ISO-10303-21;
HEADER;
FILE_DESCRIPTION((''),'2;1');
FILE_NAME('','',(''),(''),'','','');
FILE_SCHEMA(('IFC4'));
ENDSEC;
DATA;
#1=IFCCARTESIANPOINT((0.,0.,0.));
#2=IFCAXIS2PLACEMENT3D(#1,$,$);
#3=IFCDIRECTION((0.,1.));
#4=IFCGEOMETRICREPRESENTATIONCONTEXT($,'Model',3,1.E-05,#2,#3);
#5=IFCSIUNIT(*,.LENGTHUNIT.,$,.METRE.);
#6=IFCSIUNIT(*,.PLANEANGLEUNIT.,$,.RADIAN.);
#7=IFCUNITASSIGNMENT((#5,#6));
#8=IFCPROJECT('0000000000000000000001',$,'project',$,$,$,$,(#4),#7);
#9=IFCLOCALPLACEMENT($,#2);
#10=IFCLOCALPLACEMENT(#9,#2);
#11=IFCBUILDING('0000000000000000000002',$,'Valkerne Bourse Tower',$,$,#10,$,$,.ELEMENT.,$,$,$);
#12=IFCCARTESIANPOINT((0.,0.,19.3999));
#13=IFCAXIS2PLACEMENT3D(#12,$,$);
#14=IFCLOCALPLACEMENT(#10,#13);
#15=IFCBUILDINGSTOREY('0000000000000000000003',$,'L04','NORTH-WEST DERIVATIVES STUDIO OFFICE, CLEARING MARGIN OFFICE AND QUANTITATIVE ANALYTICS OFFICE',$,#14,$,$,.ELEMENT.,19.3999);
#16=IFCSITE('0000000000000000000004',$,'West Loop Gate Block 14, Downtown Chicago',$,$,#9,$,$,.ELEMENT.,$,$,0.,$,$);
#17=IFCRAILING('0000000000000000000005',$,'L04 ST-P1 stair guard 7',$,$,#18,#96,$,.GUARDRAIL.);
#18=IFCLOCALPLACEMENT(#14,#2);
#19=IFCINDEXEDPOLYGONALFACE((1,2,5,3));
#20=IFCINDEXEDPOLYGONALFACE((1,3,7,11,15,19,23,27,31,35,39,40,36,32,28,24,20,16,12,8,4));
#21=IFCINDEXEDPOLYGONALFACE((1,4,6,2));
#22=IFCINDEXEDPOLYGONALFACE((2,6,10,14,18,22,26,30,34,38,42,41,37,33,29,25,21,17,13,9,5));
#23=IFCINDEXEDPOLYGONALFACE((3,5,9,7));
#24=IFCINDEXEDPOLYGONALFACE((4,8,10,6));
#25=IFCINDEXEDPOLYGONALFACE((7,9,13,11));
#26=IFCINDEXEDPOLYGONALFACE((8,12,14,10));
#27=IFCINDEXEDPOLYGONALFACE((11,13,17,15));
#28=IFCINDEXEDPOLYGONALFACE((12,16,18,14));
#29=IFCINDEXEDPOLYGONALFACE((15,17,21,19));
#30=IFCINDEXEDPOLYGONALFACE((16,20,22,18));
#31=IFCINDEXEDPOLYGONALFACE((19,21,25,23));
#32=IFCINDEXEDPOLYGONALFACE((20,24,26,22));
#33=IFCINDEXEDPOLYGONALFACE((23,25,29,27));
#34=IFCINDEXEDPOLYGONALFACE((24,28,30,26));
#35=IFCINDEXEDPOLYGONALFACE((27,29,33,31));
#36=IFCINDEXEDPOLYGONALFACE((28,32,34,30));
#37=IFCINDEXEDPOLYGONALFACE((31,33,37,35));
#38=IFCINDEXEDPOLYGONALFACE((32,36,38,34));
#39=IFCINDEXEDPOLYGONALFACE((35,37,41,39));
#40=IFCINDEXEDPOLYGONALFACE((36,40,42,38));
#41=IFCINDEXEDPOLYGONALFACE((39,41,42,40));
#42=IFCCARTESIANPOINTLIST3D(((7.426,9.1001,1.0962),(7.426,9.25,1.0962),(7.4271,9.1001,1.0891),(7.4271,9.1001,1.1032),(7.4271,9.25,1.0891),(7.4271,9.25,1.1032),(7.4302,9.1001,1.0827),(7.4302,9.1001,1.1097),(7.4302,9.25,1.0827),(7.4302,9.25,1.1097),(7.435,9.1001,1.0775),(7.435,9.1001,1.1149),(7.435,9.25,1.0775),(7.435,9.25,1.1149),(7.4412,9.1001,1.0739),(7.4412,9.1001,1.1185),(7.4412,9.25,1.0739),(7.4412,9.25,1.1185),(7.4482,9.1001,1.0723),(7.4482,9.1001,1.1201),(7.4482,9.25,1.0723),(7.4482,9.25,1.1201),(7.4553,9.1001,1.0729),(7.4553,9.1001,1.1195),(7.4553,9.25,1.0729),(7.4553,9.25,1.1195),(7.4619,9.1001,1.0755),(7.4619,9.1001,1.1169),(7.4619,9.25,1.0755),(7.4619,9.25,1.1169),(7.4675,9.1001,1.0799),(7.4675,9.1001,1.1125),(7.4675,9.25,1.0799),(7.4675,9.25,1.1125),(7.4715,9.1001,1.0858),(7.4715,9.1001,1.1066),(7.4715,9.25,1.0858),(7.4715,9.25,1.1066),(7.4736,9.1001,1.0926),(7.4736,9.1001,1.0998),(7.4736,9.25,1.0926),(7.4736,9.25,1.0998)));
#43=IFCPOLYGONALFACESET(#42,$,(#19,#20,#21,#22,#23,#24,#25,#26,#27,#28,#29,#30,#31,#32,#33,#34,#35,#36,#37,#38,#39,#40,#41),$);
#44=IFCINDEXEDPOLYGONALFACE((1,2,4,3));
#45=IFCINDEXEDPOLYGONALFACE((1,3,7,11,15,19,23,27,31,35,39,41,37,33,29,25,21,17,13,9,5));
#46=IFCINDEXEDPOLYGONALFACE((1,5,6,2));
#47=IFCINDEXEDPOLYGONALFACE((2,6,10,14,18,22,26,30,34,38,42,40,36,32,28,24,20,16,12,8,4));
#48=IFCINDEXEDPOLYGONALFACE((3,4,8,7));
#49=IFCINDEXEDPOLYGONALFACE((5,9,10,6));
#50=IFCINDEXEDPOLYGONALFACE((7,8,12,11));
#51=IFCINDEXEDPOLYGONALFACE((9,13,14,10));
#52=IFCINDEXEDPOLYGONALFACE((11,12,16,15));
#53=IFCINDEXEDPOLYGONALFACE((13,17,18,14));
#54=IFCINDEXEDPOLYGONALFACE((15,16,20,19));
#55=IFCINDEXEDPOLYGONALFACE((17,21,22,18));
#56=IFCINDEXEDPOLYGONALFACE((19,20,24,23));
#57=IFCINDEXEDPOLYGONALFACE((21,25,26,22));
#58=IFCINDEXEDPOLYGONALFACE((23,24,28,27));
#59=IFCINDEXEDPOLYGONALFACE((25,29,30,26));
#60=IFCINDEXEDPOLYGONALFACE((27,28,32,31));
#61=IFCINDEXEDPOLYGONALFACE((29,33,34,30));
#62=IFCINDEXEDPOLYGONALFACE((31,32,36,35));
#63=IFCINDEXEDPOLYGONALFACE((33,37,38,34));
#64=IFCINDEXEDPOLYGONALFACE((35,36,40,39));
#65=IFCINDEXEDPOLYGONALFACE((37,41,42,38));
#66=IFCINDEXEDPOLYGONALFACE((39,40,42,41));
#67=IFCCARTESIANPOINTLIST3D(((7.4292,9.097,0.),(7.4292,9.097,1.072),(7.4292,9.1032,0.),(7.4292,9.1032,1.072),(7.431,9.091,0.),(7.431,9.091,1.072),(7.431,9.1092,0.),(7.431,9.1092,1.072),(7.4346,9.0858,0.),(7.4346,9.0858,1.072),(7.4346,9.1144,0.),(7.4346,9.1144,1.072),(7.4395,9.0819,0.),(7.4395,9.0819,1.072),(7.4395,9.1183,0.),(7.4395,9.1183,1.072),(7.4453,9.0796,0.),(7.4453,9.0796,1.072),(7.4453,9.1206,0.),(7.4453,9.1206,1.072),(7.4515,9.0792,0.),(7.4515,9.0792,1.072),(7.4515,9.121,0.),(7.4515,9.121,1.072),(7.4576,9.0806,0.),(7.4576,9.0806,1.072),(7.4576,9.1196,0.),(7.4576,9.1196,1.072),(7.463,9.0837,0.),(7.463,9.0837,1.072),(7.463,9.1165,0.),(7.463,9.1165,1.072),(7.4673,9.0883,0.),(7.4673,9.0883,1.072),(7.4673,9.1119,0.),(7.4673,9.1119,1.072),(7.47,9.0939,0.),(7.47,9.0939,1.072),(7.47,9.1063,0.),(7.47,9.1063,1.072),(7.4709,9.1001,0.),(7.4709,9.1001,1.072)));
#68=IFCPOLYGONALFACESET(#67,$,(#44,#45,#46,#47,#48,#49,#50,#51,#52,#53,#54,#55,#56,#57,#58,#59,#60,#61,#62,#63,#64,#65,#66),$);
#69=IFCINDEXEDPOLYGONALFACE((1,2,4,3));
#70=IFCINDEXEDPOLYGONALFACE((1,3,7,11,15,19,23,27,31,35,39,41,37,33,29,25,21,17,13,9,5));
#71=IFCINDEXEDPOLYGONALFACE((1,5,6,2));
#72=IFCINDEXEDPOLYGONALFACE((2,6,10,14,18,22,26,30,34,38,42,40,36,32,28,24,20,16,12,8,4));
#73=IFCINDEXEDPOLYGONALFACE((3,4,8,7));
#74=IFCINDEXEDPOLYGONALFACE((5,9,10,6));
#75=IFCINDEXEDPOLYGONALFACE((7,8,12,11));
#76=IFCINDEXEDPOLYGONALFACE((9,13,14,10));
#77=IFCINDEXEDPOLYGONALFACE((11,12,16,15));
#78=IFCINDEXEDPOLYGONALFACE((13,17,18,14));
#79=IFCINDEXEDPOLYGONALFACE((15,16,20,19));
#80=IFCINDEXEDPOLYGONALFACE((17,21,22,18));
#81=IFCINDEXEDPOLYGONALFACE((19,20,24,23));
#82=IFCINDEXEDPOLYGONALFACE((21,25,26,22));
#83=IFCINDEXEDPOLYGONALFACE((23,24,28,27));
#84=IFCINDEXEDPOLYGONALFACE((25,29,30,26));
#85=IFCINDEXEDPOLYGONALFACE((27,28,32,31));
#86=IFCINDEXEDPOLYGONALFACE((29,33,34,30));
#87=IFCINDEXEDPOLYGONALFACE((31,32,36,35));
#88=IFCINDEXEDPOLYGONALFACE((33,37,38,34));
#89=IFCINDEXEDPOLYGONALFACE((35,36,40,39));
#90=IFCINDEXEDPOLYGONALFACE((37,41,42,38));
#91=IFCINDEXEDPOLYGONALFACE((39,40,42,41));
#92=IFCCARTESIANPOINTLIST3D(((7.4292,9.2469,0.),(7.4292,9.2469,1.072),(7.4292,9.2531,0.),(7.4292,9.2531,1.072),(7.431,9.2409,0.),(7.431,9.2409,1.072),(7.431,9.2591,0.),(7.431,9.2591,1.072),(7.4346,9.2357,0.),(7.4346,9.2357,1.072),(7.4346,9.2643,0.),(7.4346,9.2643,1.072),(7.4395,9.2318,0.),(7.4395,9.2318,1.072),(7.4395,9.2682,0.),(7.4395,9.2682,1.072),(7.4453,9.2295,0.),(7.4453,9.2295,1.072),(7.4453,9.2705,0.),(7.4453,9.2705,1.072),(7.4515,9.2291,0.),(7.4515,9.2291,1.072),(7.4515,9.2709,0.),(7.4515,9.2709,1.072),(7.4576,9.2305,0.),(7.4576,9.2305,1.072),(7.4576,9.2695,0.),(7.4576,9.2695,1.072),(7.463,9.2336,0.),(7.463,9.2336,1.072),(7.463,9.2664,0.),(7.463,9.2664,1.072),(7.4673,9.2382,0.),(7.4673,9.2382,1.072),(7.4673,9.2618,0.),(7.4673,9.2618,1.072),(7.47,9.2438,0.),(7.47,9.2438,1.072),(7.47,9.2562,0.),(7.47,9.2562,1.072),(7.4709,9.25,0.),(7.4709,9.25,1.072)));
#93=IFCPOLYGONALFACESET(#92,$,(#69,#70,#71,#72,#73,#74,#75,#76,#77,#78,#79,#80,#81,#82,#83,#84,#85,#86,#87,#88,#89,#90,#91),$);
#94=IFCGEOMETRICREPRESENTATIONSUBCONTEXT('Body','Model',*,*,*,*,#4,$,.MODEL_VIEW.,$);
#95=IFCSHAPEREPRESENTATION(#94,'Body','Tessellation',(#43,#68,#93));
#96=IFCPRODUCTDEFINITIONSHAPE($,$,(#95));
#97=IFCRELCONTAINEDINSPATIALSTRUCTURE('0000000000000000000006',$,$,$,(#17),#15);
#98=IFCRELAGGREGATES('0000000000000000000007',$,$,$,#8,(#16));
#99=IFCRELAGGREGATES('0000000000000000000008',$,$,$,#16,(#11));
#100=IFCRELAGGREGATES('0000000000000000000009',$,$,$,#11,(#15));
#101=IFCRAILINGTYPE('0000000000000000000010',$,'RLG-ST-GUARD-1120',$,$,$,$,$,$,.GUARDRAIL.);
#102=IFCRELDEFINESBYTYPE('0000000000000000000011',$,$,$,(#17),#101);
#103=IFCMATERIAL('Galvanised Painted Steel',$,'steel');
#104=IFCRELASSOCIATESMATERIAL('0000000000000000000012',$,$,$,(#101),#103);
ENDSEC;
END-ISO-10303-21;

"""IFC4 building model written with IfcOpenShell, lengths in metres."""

from ifc_helpers import new_model, si_unit, direction, frame, origin, origin_2d, place, context, subcontext, project, spatial, circle, extrude, material, type_object, element, save


model = new_model("IFC4")

# Units and contexts
model_context = context("Model", 3, precision=1e-05, world=origin(), true_north=direction((0.0, 1.0)))
body_context = subcontext(model_context, "Body", "Model", "MODEL_VIEW")
ifc_project = project(units=[si_unit("LENGTHUNIT", "METRE"), si_unit("PLANEANGLEUNIT", "RADIAN")], contexts=[model_context])

# Site, building, storey
site_placement = place(None, origin())
site = spatial("IfcSite", under=ifc_project, at=site_placement, Name="West Loop Gate Block 14, Downtown Chicago", CompositionType="ELEMENT", RefElevation=0.0)
building_placement = place(site_placement, origin())
building = spatial("IfcBuilding", under=site, at=building_placement, Name="Valkerne Bourse Tower", CompositionType="ELEMENT")
storey_placement = place(building_placement, frame((0.0, 0.0, 19.3999)))
storey = spatial("IfcBuildingStorey", under=building, at=storey_placement, Name="L04", Description="NORTH-WEST DERIVATIVES STUDIO OFFICE, CLEARING MARGIN OFFICE AND QUANTITATIVE ANALYTICS OFFICE", CompositionType="ELEMENT", Elevation=19.3999)

# Railing
ifc_material_1 = material(Name="Galvanised Painted Steel", Category="steel")
railing_type_1 = type_object("IfcRailingType", Name="RLG-ST-GUARD-1120", PredefinedType="GUARDRAIL", material=ifc_material_1)
railing_1_placement = place(storey_placement, frame((7.45, 9.1001, 0.0)))
element("IfcRailing", 1, at=railing_1_placement, inside=storey, type_object=railing_type_1, Name="L04 ST-P1 stair guard 7", PredefinedType="GUARDRAIL", context=body_context, shape_type="SweptSolid", body=[
    extrude(circle(Radius=0.0239, at=origin_2d()), frame((0.0, 0.0, 1.0962), z_axis=(0.0, 1.0, 0.0), x_axis=(-1.0, 0.0, 0.0)), (0.0, 0.0, 1.0), 0.1499),
    extrude(circle(Radius=0.021, at=origin_2d()), origin(), (0.0, 0.0, 1.0), 1.072),
    extrude(circle(Radius=0.021, at=origin_2d()), frame((0.0, 0.1499, 0.0)), (0.0, 0.0, 1.0), 1.072),
])

save(model, "model.ifc")
